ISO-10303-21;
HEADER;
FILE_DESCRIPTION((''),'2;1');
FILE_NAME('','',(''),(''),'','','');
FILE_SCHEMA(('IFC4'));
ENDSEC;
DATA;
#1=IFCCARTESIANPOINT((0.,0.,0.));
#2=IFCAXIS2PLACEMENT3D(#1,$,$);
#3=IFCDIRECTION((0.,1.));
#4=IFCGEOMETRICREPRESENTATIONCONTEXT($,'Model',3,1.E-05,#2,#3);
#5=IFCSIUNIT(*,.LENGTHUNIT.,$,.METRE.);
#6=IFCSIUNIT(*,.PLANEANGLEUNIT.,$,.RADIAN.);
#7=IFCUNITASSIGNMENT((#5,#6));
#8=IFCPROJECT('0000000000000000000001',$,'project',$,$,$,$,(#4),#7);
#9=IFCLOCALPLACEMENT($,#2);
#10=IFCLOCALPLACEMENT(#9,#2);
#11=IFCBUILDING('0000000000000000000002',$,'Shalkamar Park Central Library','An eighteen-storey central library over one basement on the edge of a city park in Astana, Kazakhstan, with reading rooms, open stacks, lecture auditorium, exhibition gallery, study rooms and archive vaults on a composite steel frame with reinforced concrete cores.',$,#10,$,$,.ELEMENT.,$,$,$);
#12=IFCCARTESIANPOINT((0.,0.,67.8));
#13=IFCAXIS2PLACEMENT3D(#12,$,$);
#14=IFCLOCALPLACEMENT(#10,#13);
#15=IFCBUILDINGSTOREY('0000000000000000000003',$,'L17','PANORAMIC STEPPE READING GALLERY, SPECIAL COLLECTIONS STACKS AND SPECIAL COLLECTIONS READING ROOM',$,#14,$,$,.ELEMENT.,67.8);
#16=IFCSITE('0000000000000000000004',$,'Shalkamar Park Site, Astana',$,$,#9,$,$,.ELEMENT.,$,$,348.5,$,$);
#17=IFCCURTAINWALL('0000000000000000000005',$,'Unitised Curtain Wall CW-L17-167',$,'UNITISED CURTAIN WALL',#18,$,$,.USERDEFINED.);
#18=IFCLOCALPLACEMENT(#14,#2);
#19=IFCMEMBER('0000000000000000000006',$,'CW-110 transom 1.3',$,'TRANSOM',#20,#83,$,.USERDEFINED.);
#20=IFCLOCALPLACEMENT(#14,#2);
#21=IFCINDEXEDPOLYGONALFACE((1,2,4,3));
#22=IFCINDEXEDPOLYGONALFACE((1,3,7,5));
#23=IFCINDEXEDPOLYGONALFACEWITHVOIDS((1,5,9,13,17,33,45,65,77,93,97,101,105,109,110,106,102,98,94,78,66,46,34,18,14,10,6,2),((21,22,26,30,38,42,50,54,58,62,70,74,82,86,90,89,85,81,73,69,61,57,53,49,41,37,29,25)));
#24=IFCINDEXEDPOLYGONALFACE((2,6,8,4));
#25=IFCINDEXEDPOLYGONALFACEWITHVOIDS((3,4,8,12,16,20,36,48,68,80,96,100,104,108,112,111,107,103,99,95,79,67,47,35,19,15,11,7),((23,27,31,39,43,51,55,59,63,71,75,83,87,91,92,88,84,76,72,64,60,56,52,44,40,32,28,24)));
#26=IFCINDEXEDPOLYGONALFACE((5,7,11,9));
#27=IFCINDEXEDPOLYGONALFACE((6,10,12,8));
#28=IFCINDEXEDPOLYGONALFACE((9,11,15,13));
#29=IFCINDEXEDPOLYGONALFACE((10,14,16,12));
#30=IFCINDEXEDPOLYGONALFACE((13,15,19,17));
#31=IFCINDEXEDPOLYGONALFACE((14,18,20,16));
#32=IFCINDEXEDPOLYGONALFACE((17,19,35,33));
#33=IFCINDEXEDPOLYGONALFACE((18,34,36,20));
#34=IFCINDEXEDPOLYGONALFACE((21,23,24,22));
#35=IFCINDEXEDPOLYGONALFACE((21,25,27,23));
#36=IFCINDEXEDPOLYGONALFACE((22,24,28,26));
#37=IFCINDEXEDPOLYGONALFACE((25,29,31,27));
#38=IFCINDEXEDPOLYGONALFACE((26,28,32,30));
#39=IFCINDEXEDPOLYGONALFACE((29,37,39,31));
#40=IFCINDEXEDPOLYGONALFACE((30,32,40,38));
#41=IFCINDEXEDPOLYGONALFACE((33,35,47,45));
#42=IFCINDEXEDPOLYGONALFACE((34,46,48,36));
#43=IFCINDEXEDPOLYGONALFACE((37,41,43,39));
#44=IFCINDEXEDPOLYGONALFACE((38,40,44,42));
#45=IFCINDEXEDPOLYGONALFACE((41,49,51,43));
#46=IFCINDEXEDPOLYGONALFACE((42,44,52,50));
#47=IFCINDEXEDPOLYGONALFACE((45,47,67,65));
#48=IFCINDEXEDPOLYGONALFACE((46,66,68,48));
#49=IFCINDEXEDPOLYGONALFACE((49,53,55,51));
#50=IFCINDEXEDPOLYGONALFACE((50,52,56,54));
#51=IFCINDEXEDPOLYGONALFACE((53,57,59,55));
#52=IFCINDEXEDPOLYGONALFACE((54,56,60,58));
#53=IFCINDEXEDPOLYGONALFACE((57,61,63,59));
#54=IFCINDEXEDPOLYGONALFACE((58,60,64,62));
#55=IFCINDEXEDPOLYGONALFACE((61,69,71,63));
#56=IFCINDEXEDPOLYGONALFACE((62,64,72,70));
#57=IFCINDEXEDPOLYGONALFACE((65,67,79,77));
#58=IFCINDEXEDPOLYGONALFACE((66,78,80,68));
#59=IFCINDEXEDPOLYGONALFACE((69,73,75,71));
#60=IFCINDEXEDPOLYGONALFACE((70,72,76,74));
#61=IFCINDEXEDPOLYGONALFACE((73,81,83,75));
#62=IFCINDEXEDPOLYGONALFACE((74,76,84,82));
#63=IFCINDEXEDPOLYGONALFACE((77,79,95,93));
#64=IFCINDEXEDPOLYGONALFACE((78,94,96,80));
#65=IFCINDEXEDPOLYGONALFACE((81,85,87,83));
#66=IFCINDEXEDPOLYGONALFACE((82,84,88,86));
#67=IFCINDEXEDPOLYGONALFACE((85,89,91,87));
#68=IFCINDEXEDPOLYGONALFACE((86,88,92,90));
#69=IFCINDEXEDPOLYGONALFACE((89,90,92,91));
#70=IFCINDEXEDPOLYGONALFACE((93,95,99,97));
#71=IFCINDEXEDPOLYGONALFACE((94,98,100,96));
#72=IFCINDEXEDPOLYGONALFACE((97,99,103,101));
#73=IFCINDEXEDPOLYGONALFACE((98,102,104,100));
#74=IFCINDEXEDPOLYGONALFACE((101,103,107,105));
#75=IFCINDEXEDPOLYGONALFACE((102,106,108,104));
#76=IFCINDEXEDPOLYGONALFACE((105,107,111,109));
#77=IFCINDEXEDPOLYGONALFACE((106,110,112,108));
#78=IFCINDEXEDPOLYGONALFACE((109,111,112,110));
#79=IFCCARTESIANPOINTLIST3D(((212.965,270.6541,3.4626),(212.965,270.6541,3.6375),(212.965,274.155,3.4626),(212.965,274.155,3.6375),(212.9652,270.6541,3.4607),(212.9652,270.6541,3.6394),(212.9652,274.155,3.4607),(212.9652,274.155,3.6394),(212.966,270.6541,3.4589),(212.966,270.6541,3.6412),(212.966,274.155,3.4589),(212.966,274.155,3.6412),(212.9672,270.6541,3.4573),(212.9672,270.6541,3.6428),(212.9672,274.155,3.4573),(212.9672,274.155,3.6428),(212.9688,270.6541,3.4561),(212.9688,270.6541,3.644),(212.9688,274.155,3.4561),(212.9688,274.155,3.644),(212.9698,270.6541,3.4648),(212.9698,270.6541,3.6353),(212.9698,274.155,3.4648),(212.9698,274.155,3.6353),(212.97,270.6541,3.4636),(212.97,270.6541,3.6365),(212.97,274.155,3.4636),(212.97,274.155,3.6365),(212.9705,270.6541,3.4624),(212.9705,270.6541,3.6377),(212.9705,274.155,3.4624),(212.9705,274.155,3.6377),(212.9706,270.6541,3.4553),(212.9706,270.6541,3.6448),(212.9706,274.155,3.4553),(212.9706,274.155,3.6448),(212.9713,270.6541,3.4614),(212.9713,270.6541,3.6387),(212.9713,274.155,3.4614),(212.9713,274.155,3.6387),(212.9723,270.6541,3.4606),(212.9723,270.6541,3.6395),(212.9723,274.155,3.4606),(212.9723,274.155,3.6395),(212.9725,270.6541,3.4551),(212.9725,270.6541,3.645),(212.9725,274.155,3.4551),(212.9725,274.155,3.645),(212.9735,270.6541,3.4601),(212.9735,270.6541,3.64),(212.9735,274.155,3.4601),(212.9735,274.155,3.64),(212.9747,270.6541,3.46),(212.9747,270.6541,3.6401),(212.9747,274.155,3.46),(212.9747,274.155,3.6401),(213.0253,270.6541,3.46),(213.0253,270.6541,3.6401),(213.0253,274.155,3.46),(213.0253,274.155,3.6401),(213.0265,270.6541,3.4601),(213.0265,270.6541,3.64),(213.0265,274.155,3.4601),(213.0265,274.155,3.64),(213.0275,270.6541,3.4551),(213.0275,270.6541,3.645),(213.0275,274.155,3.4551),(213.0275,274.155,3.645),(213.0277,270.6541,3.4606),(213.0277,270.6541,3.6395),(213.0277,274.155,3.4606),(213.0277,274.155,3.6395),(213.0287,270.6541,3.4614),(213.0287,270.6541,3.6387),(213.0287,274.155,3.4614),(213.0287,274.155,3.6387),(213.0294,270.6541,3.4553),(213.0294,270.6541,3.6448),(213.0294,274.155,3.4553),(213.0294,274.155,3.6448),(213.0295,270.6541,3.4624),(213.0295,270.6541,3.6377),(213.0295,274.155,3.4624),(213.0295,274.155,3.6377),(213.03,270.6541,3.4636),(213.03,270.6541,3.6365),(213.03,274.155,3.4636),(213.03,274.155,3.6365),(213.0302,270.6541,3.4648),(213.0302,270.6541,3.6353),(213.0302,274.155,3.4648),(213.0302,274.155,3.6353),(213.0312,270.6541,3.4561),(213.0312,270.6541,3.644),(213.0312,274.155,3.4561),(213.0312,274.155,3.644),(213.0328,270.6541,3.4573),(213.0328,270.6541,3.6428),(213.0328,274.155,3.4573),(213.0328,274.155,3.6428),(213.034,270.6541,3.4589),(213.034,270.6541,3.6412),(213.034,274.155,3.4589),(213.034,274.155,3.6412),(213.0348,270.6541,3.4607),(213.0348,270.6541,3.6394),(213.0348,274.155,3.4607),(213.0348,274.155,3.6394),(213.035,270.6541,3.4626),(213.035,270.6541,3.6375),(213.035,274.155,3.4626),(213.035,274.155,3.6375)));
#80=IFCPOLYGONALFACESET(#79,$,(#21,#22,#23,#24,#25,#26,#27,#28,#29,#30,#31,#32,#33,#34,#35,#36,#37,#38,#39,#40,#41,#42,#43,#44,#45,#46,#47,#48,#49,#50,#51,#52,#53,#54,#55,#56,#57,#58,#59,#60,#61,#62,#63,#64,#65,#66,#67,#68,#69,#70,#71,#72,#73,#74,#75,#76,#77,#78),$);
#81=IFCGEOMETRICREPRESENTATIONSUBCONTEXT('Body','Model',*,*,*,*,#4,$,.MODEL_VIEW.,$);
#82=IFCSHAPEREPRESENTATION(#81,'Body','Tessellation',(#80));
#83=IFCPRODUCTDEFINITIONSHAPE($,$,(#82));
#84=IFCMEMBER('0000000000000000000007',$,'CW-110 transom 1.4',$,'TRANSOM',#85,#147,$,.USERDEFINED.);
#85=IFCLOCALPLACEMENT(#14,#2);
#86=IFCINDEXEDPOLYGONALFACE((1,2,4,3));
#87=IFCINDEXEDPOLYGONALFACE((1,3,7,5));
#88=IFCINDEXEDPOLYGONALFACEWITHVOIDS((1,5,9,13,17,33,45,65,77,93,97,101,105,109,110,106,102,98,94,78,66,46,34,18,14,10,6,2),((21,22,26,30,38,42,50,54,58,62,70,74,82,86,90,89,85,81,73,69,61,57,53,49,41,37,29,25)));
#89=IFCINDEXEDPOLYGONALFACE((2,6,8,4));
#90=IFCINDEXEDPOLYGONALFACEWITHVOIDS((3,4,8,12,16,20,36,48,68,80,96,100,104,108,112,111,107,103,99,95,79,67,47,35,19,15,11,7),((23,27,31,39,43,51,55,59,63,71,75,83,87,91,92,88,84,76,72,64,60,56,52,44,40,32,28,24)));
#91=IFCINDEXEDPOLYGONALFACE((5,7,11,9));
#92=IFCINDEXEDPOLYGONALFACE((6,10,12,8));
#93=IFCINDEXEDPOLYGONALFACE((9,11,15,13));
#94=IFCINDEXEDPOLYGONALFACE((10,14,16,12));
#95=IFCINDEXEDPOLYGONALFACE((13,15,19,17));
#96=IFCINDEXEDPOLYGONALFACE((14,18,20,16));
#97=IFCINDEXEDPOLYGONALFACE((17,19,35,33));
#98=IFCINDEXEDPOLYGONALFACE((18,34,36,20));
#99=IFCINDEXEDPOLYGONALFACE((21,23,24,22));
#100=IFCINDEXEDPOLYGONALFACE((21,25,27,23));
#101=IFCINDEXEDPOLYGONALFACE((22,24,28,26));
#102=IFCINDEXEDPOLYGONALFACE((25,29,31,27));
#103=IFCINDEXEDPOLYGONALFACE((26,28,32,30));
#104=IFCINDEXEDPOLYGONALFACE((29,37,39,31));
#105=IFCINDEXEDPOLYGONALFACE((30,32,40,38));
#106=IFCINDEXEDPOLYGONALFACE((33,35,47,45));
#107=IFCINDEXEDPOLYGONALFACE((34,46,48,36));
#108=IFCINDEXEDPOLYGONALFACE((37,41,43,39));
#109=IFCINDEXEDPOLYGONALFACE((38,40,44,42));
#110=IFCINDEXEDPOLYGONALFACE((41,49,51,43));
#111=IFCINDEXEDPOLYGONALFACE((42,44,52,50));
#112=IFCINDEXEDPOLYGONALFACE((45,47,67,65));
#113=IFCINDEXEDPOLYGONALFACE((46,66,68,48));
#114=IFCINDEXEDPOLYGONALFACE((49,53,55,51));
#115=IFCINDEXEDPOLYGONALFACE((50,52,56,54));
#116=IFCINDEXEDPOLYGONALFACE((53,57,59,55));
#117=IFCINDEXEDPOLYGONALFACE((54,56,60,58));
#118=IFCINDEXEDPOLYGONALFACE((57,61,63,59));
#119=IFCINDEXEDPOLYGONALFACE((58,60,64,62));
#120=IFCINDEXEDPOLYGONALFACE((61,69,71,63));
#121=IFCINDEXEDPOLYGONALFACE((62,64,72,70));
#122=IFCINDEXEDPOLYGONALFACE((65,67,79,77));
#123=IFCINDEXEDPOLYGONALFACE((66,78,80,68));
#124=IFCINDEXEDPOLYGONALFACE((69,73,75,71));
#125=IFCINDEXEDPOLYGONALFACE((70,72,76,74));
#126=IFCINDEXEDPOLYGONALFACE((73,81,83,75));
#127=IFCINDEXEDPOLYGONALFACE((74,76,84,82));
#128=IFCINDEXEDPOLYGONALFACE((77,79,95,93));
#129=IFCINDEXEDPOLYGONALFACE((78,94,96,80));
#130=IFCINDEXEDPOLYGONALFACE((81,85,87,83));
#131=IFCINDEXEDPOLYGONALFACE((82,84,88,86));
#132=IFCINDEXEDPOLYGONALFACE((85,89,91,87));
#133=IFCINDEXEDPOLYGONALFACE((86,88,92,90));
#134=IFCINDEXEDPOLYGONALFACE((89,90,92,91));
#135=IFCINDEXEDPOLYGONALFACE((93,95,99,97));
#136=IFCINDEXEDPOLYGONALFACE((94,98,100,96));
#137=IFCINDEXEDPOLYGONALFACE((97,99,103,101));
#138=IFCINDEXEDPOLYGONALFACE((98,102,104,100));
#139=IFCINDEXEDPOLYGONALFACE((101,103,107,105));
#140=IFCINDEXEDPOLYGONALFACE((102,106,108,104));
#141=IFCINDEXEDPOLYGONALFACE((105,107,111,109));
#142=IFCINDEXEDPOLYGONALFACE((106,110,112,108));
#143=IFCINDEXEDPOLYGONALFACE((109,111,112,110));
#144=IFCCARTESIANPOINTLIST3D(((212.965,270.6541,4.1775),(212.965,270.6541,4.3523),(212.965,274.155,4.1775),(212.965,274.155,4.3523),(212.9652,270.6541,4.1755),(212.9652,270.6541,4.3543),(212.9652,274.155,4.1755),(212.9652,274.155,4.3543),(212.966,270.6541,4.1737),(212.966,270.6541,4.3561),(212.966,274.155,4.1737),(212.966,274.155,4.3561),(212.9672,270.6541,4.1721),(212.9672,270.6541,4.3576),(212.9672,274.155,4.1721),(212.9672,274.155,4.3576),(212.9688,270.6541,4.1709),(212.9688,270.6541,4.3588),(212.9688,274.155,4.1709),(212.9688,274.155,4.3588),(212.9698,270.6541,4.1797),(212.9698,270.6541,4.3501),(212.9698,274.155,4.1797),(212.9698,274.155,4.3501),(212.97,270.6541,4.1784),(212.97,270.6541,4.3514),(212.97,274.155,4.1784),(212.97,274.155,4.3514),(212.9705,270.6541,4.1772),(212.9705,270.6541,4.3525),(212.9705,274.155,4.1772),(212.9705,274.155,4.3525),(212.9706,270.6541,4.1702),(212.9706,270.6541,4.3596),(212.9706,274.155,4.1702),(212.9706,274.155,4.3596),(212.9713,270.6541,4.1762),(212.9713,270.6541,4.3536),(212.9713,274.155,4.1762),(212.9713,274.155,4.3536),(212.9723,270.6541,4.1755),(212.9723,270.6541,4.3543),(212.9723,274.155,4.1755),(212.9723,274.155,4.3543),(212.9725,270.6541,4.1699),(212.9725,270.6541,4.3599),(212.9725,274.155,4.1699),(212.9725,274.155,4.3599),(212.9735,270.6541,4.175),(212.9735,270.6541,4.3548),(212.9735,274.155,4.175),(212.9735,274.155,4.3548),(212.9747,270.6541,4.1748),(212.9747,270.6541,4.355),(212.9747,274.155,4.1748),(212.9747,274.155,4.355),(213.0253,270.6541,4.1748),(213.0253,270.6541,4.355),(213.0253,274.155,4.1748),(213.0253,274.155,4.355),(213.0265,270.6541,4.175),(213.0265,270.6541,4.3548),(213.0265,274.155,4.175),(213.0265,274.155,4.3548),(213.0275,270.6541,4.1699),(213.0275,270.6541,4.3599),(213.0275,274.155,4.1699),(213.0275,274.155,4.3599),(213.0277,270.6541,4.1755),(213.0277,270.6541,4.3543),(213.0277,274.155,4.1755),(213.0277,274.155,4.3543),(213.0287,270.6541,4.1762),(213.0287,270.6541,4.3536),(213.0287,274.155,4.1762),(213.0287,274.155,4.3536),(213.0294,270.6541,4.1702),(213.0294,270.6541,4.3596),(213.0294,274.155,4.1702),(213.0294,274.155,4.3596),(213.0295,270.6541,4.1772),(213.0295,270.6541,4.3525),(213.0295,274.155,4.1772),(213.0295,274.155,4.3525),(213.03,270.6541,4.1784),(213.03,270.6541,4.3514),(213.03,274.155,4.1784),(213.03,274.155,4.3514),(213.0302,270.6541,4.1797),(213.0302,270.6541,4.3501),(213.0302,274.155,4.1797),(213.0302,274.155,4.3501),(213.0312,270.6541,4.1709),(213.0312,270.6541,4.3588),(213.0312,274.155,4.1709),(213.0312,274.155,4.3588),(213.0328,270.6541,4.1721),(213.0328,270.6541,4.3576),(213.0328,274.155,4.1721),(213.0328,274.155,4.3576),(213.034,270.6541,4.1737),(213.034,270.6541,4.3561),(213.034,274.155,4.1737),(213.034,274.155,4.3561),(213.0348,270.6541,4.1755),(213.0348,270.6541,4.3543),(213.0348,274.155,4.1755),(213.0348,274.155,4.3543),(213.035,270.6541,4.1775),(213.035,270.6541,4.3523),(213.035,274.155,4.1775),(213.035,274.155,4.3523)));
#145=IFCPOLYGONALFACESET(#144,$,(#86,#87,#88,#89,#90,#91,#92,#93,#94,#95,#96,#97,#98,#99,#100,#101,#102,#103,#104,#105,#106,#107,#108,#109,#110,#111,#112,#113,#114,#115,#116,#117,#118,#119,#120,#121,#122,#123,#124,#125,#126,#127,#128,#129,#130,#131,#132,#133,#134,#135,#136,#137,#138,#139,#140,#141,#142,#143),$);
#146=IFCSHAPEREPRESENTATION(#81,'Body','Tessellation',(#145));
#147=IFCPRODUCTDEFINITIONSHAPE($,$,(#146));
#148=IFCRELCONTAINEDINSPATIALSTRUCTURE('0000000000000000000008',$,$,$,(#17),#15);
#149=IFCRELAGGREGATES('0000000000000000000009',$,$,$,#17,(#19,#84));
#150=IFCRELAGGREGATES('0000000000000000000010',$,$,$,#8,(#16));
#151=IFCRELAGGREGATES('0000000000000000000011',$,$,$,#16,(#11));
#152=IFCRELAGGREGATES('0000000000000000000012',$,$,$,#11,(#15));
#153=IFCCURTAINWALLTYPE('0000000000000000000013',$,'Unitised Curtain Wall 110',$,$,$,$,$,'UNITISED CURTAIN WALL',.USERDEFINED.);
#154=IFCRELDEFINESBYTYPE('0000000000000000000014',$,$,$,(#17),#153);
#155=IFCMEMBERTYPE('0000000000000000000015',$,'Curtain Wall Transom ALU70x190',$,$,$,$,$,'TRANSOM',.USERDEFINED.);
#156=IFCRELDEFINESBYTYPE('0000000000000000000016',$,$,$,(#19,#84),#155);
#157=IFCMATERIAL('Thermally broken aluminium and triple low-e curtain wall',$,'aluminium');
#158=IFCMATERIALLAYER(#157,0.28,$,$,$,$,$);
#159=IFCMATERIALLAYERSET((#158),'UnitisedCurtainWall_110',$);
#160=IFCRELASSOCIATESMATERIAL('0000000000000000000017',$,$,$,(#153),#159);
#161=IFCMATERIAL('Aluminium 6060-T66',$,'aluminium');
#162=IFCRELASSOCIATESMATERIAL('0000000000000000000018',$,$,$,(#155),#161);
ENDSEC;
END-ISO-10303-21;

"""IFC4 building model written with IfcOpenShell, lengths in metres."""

from ifc_helpers import new_model, si_unit, direction, frame, origin, origin_2d, place, context, subcontext, project, spatial, hollow_rectangle, extrude, material, layer, layer_set, material_profile, profile_set, type_object, element, aggregate, save


model = new_model("IFC4")

# Units and contexts
model_context = context("Model", 3, precision=1e-05, world=origin(), true_north=direction((0.0, 1.0)))
body_context = subcontext(model_context, "Body", "Model", "MODEL_VIEW")
ifc_project = project(units=[si_unit("LENGTHUNIT", "METRE"), si_unit("PLANEANGLEUNIT", "RADIAN")], contexts=[model_context])

# Site, building, storey
site_placement = place(None, origin())
site = spatial("IfcSite", under=ifc_project, at=site_placement, Name="Shalkamar Park Site, Astana", CompositionType="ELEMENT", RefElevation=348.5)
building_placement = place(site_placement, origin())
building = spatial("IfcBuilding", under=site, at=building_placement, Name="Shalkamar Park Central Library", Description="An eighteen-storey central library over one basement on the edge of a city park in Astana, Kazakhstan, with reading rooms, open stacks, lecture auditorium, exhibition gallery, study rooms and archive vaults on a composite steel frame with reinforced concrete cores.", CompositionType="ELEMENT")
storey_placement = place(building_placement, frame((0.0, 0.0, 67.8)))
storey = spatial("IfcBuildingStorey", under=building, at=storey_placement, Name="L17", Description="PANORAMIC STEPPE READING GALLERY, SPECIAL COLLECTIONS STACKS AND SPECIAL COLLECTIONS READING ROOM", CompositionType="ELEMENT", Elevation=67.8)

# Shared definitions
ifc_material_1 = material(Name="Thermally broken aluminium and triple low-e curtain wall", Category="aluminium")
ifc_material_2 = material(Name="Aluminium 6060-T66", Category="aluminium")

# Curtain wall, members
ifc_layer_1 = layer(ifc_material_1, 0.28)
ifc_layer_set_1 = layer_set([ifc_layer_1], Name="UnitisedCurtainWall_110")
curtain_wall_type_1 = type_object("IfcCurtainWallType", Name="Unitised Curtain Wall 110", ElementType="UNITISED CURTAIN WALL", PredefinedType="USERDEFINED", material=ifc_layer_set_1)
curtain_wall_1_placement = place(storey_placement, origin())
curtain_wall_1 = element("IfcCurtainWall", 1, at=curtain_wall_1_placement, inside=storey, type_object=curtain_wall_type_1, Name="Unitised Curtain Wall CW-L17-167", ObjectType="UNITISED CURTAIN WALL", PredefinedType="USERDEFINED")
ifc_material_profile_1 = material_profile(ifc_material_2, hollow_rectangle(XDim=0.0701, YDim=0.1899, WallThickness=0.0049, InnerFilletRadius=0.0049, OuterFilletRadius=0.0076, at=origin_2d()), Name="ALU 70x190x5")
ifc_profile_set_1 = profile_set([ifc_material_profile_1], Name="Aluminium 6060-T66")
member_type_1 = type_object("IfcMemberType", Name="Curtain Wall Transom ALU70x190", ElementType="TRANSOM", PredefinedType="USERDEFINED", material=ifc_profile_set_1)
member_1_placement = place(storey_placement, frame((213.0, 270.6541, 3.55), z_axis=(0.0, 1.0, 0.0), x_axis=(-1.0, 0.0, 0.0)))
member_1 = element("IfcMember", 2, at=member_1_placement, type_object=member_type_1, Name="CW-110 transom 1.3", ObjectType="TRANSOM", PredefinedType="USERDEFINED", context=body_context, shape_type="SweptSolid", body=[
    extrude(hollow_rectangle(XDim=0.0701, YDim=0.1899, WallThickness=0.0049, InnerFilletRadius=0.0049, OuterFilletRadius=0.0076, at=origin_2d()), origin(), (0.0, 0.0, 1.0), 3.501),
])
member_2_placement = place(storey_placement, frame((213.0, 270.6541, 4.2649), z_axis=(0.0, 1.0, 0.0), x_axis=(-1.0, 0.0, 0.0)))
member_2 = element("IfcMember", 3, at=member_2_placement, type_object=member_type_1, Name="CW-110 transom 1.4", ObjectType="TRANSOM", PredefinedType="USERDEFINED", context=body_context, shape_type="SweptSolid", body=[
    extrude(hollow_rectangle(XDim=0.0701, YDim=0.1899, WallThickness=0.0049, InnerFilletRadius=0.0049, OuterFilletRadius=0.0076, at=origin_2d()), origin(), (0.0, 0.0, 1.0), 3.501),
])

aggregate(curtain_wall_1, [member_1, member_2])

save(model, "model.ifc")
